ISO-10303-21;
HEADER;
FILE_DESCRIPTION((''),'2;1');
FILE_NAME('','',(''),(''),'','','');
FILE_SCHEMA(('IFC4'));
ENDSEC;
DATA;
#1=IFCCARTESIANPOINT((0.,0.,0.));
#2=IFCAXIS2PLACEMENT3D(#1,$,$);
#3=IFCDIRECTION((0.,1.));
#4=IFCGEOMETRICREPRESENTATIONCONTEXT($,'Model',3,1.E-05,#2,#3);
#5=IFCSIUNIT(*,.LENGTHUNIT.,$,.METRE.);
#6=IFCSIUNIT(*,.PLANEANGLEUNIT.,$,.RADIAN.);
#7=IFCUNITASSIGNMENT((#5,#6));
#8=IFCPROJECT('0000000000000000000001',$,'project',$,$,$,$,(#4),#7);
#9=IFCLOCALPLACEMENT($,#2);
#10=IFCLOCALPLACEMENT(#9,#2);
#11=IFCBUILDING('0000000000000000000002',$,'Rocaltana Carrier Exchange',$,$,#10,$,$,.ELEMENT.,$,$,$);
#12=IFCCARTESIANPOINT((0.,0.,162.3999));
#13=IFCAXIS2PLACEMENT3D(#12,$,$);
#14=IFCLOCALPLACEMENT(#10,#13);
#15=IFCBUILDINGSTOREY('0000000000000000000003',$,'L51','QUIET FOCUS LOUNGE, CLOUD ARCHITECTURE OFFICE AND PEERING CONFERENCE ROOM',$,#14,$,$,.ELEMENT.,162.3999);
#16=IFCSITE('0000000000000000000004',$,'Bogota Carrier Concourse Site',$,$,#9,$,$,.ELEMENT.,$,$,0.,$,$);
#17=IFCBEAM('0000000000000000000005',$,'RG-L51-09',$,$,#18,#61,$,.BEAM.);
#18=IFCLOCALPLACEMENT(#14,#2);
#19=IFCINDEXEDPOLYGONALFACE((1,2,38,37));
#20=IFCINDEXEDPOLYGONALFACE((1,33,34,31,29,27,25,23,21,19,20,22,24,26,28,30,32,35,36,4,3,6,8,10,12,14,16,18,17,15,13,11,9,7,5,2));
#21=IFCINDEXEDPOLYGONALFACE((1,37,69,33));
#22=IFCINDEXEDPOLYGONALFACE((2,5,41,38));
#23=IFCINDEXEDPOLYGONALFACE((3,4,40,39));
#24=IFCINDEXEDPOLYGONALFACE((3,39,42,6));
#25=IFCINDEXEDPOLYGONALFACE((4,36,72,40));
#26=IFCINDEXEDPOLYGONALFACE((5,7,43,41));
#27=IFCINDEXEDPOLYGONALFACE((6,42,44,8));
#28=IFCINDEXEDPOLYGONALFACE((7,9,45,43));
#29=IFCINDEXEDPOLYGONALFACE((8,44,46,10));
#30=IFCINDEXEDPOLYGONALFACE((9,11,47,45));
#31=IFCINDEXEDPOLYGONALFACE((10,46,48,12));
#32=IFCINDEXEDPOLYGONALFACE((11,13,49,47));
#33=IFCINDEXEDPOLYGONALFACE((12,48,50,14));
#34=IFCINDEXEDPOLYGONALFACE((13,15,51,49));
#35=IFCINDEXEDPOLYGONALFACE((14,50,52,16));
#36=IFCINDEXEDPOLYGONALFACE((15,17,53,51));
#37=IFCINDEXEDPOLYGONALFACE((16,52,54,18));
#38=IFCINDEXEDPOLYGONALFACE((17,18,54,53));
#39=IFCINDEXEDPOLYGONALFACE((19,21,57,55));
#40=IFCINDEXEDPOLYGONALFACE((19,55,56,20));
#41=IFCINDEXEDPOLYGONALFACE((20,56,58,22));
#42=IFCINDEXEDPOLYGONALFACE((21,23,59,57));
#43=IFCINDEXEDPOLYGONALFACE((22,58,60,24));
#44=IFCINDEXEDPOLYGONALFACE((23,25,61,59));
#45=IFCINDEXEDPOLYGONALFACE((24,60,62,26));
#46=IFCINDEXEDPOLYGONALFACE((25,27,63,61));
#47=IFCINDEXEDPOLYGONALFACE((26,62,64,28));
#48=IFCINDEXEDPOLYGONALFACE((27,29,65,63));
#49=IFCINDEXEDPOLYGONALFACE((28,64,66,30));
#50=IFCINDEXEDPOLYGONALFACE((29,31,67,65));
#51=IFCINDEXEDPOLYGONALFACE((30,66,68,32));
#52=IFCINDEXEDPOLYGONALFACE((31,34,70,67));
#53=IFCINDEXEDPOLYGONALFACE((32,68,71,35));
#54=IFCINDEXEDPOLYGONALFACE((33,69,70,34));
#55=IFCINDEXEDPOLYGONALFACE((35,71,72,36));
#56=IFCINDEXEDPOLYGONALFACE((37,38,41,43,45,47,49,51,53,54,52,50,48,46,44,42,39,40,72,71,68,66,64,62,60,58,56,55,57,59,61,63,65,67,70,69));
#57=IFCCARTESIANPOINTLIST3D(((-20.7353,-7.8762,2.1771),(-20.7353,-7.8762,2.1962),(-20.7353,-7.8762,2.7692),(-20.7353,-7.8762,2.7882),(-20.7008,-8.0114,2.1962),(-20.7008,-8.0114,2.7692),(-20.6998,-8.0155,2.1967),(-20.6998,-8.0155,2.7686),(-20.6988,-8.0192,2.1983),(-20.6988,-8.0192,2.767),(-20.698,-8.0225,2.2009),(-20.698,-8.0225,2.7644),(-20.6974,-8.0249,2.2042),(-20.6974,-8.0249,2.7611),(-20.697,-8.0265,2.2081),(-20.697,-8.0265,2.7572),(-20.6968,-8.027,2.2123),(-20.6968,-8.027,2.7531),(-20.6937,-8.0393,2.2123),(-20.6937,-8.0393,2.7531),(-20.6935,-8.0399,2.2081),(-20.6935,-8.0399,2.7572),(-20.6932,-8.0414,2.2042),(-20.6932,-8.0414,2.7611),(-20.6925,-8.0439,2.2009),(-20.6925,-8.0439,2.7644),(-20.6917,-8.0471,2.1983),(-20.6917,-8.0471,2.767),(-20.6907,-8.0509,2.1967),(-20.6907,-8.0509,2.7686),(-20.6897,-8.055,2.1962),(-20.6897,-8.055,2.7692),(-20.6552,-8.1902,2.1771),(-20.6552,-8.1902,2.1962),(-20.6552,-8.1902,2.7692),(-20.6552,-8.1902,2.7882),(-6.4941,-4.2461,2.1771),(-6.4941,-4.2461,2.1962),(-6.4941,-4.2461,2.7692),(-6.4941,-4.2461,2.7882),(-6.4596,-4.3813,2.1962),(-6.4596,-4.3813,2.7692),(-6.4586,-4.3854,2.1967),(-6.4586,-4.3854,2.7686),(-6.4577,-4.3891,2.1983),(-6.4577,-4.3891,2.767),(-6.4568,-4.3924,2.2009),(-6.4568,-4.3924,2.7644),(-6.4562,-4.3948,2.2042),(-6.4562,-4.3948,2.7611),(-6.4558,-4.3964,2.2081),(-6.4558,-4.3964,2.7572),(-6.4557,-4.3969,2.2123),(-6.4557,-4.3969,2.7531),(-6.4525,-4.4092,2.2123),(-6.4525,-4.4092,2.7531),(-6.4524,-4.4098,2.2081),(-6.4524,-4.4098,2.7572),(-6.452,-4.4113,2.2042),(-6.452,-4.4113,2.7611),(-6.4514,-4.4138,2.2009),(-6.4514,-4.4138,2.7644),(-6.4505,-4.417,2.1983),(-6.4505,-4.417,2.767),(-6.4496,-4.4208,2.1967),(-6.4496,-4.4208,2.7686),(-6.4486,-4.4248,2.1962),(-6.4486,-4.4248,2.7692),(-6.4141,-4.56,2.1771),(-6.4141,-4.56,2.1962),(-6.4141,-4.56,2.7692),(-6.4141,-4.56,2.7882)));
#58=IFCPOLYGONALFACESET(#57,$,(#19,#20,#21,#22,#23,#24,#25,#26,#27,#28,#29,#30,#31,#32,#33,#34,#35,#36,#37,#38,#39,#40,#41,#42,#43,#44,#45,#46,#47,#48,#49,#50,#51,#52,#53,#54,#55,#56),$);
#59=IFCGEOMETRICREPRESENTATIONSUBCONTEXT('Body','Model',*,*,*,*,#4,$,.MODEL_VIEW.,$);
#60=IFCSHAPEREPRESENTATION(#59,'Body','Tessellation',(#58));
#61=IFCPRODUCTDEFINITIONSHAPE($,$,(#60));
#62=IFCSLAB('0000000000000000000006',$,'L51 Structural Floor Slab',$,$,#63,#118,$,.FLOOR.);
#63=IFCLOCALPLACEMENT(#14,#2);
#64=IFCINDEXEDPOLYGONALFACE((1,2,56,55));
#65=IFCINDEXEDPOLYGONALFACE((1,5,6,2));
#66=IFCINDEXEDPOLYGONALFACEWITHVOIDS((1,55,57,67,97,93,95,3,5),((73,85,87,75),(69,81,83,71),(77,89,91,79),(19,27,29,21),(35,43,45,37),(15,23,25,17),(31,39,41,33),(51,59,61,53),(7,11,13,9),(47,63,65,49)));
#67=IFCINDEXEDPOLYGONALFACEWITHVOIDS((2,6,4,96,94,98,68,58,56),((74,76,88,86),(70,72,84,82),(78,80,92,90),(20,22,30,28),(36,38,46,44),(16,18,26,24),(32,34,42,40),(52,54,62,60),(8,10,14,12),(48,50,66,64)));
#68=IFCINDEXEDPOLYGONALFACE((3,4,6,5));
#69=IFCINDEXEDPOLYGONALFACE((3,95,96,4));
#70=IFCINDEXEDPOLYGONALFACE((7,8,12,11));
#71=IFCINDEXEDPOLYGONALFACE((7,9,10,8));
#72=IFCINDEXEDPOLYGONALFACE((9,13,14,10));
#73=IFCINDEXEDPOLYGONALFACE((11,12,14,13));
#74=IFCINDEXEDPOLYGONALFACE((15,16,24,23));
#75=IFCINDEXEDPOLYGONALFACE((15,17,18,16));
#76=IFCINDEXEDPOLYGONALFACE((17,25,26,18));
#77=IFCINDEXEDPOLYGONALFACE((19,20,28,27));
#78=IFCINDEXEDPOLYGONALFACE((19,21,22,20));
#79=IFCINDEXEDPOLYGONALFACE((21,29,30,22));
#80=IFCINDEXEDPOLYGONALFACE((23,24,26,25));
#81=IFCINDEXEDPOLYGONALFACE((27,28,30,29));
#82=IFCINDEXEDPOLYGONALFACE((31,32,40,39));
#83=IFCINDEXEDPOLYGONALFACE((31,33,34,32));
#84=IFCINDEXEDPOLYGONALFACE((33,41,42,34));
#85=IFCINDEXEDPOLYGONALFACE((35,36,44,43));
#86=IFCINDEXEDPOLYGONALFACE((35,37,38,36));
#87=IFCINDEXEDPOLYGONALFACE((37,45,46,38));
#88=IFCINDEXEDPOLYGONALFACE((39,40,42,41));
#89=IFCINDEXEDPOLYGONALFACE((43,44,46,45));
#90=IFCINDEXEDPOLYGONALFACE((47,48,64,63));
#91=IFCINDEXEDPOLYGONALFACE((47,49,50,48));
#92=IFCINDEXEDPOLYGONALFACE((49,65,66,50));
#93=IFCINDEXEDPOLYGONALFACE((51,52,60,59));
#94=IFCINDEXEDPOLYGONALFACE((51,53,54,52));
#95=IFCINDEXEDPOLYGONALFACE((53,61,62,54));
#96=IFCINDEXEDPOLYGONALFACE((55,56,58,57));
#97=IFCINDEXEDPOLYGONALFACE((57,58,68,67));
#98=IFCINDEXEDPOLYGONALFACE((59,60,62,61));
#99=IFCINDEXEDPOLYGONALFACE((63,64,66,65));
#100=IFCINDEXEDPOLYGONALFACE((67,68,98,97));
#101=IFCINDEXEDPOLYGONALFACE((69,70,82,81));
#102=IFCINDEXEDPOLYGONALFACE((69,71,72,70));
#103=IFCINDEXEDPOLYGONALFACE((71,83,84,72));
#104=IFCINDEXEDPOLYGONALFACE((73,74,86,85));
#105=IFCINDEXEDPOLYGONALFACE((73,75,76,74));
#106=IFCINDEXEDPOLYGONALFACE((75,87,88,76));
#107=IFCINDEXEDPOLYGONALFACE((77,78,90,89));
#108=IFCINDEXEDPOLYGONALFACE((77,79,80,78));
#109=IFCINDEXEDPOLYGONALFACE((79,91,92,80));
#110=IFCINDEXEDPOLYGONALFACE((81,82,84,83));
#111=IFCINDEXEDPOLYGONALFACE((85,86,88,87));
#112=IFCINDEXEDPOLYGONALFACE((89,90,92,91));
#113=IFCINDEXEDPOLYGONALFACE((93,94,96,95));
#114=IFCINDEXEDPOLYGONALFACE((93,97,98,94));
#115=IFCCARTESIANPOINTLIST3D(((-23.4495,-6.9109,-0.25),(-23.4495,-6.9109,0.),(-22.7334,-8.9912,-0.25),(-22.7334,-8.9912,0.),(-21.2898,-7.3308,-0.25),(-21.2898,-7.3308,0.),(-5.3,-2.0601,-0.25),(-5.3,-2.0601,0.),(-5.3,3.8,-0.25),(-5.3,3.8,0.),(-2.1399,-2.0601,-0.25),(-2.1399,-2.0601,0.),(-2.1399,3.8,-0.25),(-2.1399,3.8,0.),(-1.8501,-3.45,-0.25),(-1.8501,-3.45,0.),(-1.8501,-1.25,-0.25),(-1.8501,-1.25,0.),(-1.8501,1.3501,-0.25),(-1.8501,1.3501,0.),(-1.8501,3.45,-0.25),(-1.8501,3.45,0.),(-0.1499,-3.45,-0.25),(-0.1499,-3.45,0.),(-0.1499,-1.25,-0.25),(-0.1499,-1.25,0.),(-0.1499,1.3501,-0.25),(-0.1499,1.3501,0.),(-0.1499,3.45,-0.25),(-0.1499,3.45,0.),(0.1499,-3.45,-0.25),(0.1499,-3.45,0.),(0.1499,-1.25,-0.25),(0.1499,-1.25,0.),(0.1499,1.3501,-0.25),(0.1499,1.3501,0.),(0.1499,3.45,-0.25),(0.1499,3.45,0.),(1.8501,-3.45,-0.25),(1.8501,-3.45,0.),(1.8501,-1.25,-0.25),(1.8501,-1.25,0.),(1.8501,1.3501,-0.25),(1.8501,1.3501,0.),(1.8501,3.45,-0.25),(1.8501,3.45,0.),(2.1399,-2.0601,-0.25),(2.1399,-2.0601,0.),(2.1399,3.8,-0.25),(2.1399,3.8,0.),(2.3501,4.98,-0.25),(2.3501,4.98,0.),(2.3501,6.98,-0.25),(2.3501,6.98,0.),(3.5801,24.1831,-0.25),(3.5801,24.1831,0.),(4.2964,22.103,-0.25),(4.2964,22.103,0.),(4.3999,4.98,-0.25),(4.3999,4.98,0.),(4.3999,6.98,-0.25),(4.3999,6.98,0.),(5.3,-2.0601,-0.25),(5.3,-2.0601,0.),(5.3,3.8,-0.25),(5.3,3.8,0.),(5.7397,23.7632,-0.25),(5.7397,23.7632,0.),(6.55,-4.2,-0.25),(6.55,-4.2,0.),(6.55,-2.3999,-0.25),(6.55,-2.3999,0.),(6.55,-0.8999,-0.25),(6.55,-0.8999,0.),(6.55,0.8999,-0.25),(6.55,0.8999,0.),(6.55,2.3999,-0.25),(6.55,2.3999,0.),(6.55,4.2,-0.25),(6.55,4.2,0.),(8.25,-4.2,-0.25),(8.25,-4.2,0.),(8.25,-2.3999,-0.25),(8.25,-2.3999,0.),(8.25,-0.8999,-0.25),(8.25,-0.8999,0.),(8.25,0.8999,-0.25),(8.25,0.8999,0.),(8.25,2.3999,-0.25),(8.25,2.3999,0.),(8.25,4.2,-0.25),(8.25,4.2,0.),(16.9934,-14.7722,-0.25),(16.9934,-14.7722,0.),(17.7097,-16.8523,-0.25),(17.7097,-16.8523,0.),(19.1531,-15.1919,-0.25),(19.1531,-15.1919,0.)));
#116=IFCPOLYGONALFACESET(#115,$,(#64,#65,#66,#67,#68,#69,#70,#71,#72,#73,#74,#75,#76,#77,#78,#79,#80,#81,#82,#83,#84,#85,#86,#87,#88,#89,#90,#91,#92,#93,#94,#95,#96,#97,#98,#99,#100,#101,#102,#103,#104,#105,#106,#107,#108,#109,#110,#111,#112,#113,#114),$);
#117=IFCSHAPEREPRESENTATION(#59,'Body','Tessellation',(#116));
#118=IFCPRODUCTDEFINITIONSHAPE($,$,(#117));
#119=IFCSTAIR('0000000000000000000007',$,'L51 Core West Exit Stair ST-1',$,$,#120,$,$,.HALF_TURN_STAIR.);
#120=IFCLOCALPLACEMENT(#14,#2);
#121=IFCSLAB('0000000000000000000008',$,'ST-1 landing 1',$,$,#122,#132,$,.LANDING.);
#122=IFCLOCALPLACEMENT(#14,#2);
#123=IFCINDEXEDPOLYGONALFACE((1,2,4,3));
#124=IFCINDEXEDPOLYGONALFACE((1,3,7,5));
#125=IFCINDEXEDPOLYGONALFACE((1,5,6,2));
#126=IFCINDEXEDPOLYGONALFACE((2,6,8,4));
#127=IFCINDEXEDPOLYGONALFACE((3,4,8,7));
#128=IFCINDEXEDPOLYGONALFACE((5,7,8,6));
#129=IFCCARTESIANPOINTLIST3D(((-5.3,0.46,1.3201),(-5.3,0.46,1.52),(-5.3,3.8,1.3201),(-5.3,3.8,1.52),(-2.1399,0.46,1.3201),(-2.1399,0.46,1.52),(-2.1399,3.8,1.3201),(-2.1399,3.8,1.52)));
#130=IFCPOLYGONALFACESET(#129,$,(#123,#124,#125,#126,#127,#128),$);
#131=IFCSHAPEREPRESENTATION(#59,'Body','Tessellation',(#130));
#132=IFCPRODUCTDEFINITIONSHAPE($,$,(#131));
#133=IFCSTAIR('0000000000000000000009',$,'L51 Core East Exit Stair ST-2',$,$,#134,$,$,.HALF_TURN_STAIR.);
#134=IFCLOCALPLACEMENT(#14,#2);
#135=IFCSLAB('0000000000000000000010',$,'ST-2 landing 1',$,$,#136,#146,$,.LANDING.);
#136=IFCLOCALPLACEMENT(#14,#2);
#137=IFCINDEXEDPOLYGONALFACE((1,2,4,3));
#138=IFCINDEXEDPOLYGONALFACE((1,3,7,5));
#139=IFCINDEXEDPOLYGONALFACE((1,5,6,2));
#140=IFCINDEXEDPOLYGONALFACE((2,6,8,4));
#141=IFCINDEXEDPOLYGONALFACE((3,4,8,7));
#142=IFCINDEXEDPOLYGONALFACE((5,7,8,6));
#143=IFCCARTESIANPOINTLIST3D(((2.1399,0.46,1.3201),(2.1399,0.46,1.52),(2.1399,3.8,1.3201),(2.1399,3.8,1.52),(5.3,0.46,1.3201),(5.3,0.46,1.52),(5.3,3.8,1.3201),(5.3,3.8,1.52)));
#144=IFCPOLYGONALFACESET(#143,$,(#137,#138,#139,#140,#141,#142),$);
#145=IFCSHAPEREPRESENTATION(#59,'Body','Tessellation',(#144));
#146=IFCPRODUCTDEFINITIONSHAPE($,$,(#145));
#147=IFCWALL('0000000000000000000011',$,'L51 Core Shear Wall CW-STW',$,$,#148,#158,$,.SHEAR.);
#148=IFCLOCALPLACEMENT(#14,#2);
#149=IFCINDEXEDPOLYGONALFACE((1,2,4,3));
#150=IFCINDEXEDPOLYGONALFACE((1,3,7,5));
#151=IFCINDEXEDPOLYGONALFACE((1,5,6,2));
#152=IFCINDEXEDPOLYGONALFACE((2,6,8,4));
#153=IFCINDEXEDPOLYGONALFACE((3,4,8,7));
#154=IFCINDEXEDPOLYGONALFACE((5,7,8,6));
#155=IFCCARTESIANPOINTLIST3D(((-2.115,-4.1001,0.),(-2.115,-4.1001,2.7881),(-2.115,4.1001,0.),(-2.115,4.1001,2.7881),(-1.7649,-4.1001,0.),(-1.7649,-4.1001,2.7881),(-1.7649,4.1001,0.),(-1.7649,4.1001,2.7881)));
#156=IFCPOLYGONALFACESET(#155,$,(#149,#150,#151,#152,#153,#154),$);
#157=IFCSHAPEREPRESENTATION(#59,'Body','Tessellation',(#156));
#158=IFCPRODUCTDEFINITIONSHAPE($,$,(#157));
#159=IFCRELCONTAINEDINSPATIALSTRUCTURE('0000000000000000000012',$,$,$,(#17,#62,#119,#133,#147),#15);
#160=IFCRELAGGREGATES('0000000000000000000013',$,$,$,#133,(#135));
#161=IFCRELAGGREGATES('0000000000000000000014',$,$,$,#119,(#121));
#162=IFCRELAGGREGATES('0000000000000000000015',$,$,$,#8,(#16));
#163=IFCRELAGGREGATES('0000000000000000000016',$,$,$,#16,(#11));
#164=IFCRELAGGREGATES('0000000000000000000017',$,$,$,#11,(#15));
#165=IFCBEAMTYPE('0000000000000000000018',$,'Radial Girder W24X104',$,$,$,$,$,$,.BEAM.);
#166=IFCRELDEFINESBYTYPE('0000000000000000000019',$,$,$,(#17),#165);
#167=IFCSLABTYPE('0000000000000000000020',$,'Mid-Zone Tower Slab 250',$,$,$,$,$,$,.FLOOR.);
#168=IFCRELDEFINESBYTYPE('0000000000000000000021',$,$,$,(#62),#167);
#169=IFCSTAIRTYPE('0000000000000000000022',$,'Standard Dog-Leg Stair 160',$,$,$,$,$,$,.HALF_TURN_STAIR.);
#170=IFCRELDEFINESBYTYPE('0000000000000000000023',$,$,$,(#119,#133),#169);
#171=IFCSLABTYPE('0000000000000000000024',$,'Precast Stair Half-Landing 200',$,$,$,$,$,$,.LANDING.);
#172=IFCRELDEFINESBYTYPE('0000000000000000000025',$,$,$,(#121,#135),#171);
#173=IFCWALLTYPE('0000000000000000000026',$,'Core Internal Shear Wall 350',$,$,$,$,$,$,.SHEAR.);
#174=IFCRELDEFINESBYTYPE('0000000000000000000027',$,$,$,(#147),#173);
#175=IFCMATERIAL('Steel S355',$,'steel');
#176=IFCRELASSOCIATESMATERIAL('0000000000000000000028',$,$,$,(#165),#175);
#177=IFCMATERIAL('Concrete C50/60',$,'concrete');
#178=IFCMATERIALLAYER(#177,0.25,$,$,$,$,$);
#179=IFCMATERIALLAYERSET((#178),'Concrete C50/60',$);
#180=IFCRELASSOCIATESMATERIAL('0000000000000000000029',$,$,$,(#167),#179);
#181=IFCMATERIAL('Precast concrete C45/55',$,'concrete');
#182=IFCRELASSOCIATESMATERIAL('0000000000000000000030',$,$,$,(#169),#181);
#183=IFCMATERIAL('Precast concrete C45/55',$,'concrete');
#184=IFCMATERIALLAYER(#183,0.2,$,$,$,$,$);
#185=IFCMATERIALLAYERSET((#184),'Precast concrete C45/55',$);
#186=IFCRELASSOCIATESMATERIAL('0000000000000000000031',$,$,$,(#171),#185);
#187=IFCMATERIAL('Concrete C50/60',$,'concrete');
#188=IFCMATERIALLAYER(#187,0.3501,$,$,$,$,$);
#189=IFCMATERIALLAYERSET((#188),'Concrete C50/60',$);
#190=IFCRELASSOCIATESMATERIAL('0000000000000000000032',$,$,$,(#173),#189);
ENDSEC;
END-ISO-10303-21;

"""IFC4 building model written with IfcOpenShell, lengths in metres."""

from ifc_helpers import new_model, si_unit, direction, frame, frame_2d, origin, origin_2d, place, context, subcontext, project, spatial, polyline, rectangle, i_section, outline, extrude, material, layer, layer_set, material_profile, profile_set, type_object, element, aggregate, save


model = new_model("IFC4")

# Units and contexts
model_context = context("Model", 3, precision=1e-05, world=origin(), true_north=direction((0.0, 1.0)))
body_context = subcontext(model_context, "Body", "Model", "MODEL_VIEW")
ifc_project = project(units=[si_unit("LENGTHUNIT", "METRE"), si_unit("PLANEANGLEUNIT", "RADIAN")], contexts=[model_context])

# Site, building, storey
site_placement = place(None, origin())
site = spatial("IfcSite", under=ifc_project, at=site_placement, Name="Bogota Carrier Concourse Site", CompositionType="ELEMENT", RefElevation=0.0)
building_placement = place(site_placement, origin())
building = spatial("IfcBuilding", under=site, at=building_placement, Name="Rocaltana Carrier Exchange", CompositionType="ELEMENT")
storey_placement = place(building_placement, frame((0.0, 0.0, 162.3999)))
storey = spatial("IfcBuildingStorey", under=building, at=storey_placement, Name="L51", Description="QUIET FOCUS LOUNGE, CLOUD ARCHITECTURE OFFICE AND PEERING CONFERENCE ROOM", CompositionType="ELEMENT", Elevation=162.3999)

# Beam
ifc_material_1 = material(Name="Steel S355", Category="steel")
ifc_material_profile_1 = material_profile(ifc_material_1, i_section(OverallWidth=0.324, OverallDepth=0.6111, WebThickness=0.0127, FlangeThickness=0.019, FilletRadius=0.0161, at=origin_2d()), Name="W24X104")
ifc_profile_set_1 = profile_set([ifc_material_profile_1], Name="Steel S355")
beam_type = type_object("IfcBeamType", Name="Radial Girder W24X104", PredefinedType="BEAM", material=ifc_profile_set_1)
beam_1_placement = place(storey_placement, frame((-6.4541, -4.4031, 2.4827), z_axis=(-0.969014, -0.247005, 0.0), x_axis=(0.247005, -0.969014, 0.0)))
element("IfcBeam", 1, at=beam_1_placement, inside=storey, type_object=beam_type, Name="RG-L51-09", PredefinedType="BEAM", context=body_context, shape_type="SweptSolid", body=[
    extrude(i_section(OverallWidth=0.324, OverallDepth=0.6111, WebThickness=0.0127, FlangeThickness=0.019, FilletRadius=0.0161, at=origin_2d()), origin(), (0.0, 0.0, 1.0), 14.6965),
])

# Slab
ifc_material_2 = material(Name="Concrete C50/60", Category="concrete")
ifc_layer_1 = layer(ifc_material_2, 0.25)
ifc_layer_set_1 = layer_set([ifc_layer_1], Name="Concrete C50/60")
slab_type_1 = type_object("IfcSlabType", Name="Mid-Zone Tower Slab 250", PredefinedType="FLOOR", material=ifc_layer_set_1)
slab_1_placement = place(storey_placement, frame((0.0, 0.0, -0.25)))
element("IfcSlab", 2, at=slab_1_placement, inside=storey, type_object=slab_type_1, Name="L51 Structural Floor Slab", PredefinedType="FLOOR", context=body_context, shape_type="SweptSolid", body=[
    extrude(outline(polyline([(17.7097, -16.8523), (16.9934, -14.7722), (19.1531, -15.1919), (5.7397, 23.7632), (4.2964, 22.103), (3.5801, 24.1831), (-23.4495, -6.9109), (-21.2898, -7.3308), (-22.7334, -8.9912), (17.7097, -16.8523)]), holes=[polyline([(-5.3, -2.0601), (-2.1399, -2.0601), (-2.1399, 3.8), (-5.3, 3.8), (-5.3, -2.0601)]), polyline([(2.1399, -2.0601), (5.3, -2.0601), (5.3, 3.8), (2.1399, 3.8), (2.1399, -2.0601)]), polyline([(-1.8501, -3.45), (-0.1499, -3.45), (-0.1499, -1.25), (-1.8501, -1.25), (-1.8501, -3.45)]), polyline([(0.1499, -3.45), (1.8501, -3.45), (1.8501, -1.25), (0.1499, -1.25), (0.1499, -3.45)]), polyline([(2.3501, 4.98), (4.3999, 4.98), (4.3999, 6.98), (2.3501, 6.98), (2.3501, 4.98)]), polyline([(-1.8501, 1.3501), (-0.1499, 1.3501), (-0.1499, 3.45), (-1.8501, 3.45), (-1.8501, 1.3501)]), polyline([(0.1499, 1.3501), (1.8501, 1.3501), (1.8501, 3.45), (0.1499, 3.45), (0.1499, 1.3501)]), polyline([(6.55, -4.2), (8.25, -4.2), (8.25, -2.3999), (6.55, -2.3999), (6.55, -4.2)]), polyline([(6.55, -0.8999), (8.25, -0.8999), (8.25, 0.8999), (6.55, 0.8999), (6.55, -0.8999)]), polyline([(6.55, 2.3999), (8.25, 2.3999), (8.25, 4.2), (6.55, 4.2), (6.55, 2.3999)])]), origin(), (0.0, 0.0, 1.0), 0.25),
])

# Stairs, slabs
ifc_material_3 = material(Name="Precast concrete C45/55", Category="concrete")
stair_type = type_object("IfcStairType", Name="Standard Dog-Leg Stair 160", PredefinedType="HALF_TURN_STAIR", material=ifc_material_3)
stair_1_placement = place(storey_placement, origin())
stair_1 = element("IfcStair", 3, at=stair_1_placement, inside=storey, type_object=stair_type, Name="L51 Core West Exit Stair ST-1", PredefinedType="HALF_TURN_STAIR")
ifc_material_4 = material(Name="Precast concrete C45/55", Category="concrete")
ifc_layer_2 = layer(ifc_material_4, 0.2)
ifc_layer_set_2 = layer_set([ifc_layer_2], Name="Precast concrete C45/55")
slab_type_2 = type_object("IfcSlabType", Name="Precast Stair Half-Landing 200", PredefinedType="LANDING", material=ifc_layer_set_2)
slab_2_placement = place(storey_placement, frame((0.0, 0.0, 1.3201)))
slab_2 = element("IfcSlab", 4, at=slab_2_placement, type_object=slab_type_2, Name="ST-1 landing 1", PredefinedType="LANDING", context=body_context, shape_type="SweptSolid", body=[
    extrude(outline(polyline([(-2.1399, 0.46), (-2.1399, 3.8), (-5.3, 3.8), (-5.3, 0.46), (-2.1399, 0.46)])), origin(), (0.0, 0.0, 1.0), 0.2),
])
stair_2_placement = place(storey_placement, origin())
stair_2 = element("IfcStair", 5, at=stair_2_placement, inside=storey, type_object=stair_type, Name="L51 Core East Exit Stair ST-2", PredefinedType="HALF_TURN_STAIR")
slab_3_placement = place(storey_placement, frame((0.0, 0.0, 1.3201)))
slab_3 = element("IfcSlab", 6, at=slab_3_placement, type_object=slab_type_2, Name="ST-2 landing 1", PredefinedType="LANDING", context=body_context, shape_type="SweptSolid", body=[
    extrude(outline(polyline([(5.3, 0.46), (5.3, 3.8), (2.1399, 3.8), (2.1399, 0.46), (5.3, 0.46)])), origin(), (0.0, 0.0, 1.0), 0.2),
])
aggregate(stair_2, [slab_3])

# Wall
ifc_material_5 = material(Name="Concrete C50/60", Category="concrete")
ifc_layer_3 = layer(ifc_material_5, 0.3501)
ifc_layer_set_3 = layer_set([ifc_layer_3], Name="Concrete C50/60")
wall_type_1 = type_object("IfcWallType", Name="Core Internal Shear Wall 350", PredefinedType="SHEAR", material=ifc_layer_set_3)
wall_1_placement = place(storey_placement, frame((-1.9399, -4.1001, 0.0), z_axis=(0.0, 0.0, 1.0), x_axis=(0.0, 1.0, 0.0)))
element("IfcWall", 7, at=wall_1_placement, inside=storey, type_object=wall_type_1, Name="L51 Core Shear Wall CW-STW", PredefinedType="SHEAR", context=body_context, shape_type="SweptSolid", body=[
    extrude(rectangle(XDim=8.2002, YDim=0.3501, at=frame_2d((4.1001, 0.0))), origin(), (0.0, 0.0, 1.0), 2.7881),
])

aggregate(stair_1, [slab_2])

save(model, "model.ifc")
